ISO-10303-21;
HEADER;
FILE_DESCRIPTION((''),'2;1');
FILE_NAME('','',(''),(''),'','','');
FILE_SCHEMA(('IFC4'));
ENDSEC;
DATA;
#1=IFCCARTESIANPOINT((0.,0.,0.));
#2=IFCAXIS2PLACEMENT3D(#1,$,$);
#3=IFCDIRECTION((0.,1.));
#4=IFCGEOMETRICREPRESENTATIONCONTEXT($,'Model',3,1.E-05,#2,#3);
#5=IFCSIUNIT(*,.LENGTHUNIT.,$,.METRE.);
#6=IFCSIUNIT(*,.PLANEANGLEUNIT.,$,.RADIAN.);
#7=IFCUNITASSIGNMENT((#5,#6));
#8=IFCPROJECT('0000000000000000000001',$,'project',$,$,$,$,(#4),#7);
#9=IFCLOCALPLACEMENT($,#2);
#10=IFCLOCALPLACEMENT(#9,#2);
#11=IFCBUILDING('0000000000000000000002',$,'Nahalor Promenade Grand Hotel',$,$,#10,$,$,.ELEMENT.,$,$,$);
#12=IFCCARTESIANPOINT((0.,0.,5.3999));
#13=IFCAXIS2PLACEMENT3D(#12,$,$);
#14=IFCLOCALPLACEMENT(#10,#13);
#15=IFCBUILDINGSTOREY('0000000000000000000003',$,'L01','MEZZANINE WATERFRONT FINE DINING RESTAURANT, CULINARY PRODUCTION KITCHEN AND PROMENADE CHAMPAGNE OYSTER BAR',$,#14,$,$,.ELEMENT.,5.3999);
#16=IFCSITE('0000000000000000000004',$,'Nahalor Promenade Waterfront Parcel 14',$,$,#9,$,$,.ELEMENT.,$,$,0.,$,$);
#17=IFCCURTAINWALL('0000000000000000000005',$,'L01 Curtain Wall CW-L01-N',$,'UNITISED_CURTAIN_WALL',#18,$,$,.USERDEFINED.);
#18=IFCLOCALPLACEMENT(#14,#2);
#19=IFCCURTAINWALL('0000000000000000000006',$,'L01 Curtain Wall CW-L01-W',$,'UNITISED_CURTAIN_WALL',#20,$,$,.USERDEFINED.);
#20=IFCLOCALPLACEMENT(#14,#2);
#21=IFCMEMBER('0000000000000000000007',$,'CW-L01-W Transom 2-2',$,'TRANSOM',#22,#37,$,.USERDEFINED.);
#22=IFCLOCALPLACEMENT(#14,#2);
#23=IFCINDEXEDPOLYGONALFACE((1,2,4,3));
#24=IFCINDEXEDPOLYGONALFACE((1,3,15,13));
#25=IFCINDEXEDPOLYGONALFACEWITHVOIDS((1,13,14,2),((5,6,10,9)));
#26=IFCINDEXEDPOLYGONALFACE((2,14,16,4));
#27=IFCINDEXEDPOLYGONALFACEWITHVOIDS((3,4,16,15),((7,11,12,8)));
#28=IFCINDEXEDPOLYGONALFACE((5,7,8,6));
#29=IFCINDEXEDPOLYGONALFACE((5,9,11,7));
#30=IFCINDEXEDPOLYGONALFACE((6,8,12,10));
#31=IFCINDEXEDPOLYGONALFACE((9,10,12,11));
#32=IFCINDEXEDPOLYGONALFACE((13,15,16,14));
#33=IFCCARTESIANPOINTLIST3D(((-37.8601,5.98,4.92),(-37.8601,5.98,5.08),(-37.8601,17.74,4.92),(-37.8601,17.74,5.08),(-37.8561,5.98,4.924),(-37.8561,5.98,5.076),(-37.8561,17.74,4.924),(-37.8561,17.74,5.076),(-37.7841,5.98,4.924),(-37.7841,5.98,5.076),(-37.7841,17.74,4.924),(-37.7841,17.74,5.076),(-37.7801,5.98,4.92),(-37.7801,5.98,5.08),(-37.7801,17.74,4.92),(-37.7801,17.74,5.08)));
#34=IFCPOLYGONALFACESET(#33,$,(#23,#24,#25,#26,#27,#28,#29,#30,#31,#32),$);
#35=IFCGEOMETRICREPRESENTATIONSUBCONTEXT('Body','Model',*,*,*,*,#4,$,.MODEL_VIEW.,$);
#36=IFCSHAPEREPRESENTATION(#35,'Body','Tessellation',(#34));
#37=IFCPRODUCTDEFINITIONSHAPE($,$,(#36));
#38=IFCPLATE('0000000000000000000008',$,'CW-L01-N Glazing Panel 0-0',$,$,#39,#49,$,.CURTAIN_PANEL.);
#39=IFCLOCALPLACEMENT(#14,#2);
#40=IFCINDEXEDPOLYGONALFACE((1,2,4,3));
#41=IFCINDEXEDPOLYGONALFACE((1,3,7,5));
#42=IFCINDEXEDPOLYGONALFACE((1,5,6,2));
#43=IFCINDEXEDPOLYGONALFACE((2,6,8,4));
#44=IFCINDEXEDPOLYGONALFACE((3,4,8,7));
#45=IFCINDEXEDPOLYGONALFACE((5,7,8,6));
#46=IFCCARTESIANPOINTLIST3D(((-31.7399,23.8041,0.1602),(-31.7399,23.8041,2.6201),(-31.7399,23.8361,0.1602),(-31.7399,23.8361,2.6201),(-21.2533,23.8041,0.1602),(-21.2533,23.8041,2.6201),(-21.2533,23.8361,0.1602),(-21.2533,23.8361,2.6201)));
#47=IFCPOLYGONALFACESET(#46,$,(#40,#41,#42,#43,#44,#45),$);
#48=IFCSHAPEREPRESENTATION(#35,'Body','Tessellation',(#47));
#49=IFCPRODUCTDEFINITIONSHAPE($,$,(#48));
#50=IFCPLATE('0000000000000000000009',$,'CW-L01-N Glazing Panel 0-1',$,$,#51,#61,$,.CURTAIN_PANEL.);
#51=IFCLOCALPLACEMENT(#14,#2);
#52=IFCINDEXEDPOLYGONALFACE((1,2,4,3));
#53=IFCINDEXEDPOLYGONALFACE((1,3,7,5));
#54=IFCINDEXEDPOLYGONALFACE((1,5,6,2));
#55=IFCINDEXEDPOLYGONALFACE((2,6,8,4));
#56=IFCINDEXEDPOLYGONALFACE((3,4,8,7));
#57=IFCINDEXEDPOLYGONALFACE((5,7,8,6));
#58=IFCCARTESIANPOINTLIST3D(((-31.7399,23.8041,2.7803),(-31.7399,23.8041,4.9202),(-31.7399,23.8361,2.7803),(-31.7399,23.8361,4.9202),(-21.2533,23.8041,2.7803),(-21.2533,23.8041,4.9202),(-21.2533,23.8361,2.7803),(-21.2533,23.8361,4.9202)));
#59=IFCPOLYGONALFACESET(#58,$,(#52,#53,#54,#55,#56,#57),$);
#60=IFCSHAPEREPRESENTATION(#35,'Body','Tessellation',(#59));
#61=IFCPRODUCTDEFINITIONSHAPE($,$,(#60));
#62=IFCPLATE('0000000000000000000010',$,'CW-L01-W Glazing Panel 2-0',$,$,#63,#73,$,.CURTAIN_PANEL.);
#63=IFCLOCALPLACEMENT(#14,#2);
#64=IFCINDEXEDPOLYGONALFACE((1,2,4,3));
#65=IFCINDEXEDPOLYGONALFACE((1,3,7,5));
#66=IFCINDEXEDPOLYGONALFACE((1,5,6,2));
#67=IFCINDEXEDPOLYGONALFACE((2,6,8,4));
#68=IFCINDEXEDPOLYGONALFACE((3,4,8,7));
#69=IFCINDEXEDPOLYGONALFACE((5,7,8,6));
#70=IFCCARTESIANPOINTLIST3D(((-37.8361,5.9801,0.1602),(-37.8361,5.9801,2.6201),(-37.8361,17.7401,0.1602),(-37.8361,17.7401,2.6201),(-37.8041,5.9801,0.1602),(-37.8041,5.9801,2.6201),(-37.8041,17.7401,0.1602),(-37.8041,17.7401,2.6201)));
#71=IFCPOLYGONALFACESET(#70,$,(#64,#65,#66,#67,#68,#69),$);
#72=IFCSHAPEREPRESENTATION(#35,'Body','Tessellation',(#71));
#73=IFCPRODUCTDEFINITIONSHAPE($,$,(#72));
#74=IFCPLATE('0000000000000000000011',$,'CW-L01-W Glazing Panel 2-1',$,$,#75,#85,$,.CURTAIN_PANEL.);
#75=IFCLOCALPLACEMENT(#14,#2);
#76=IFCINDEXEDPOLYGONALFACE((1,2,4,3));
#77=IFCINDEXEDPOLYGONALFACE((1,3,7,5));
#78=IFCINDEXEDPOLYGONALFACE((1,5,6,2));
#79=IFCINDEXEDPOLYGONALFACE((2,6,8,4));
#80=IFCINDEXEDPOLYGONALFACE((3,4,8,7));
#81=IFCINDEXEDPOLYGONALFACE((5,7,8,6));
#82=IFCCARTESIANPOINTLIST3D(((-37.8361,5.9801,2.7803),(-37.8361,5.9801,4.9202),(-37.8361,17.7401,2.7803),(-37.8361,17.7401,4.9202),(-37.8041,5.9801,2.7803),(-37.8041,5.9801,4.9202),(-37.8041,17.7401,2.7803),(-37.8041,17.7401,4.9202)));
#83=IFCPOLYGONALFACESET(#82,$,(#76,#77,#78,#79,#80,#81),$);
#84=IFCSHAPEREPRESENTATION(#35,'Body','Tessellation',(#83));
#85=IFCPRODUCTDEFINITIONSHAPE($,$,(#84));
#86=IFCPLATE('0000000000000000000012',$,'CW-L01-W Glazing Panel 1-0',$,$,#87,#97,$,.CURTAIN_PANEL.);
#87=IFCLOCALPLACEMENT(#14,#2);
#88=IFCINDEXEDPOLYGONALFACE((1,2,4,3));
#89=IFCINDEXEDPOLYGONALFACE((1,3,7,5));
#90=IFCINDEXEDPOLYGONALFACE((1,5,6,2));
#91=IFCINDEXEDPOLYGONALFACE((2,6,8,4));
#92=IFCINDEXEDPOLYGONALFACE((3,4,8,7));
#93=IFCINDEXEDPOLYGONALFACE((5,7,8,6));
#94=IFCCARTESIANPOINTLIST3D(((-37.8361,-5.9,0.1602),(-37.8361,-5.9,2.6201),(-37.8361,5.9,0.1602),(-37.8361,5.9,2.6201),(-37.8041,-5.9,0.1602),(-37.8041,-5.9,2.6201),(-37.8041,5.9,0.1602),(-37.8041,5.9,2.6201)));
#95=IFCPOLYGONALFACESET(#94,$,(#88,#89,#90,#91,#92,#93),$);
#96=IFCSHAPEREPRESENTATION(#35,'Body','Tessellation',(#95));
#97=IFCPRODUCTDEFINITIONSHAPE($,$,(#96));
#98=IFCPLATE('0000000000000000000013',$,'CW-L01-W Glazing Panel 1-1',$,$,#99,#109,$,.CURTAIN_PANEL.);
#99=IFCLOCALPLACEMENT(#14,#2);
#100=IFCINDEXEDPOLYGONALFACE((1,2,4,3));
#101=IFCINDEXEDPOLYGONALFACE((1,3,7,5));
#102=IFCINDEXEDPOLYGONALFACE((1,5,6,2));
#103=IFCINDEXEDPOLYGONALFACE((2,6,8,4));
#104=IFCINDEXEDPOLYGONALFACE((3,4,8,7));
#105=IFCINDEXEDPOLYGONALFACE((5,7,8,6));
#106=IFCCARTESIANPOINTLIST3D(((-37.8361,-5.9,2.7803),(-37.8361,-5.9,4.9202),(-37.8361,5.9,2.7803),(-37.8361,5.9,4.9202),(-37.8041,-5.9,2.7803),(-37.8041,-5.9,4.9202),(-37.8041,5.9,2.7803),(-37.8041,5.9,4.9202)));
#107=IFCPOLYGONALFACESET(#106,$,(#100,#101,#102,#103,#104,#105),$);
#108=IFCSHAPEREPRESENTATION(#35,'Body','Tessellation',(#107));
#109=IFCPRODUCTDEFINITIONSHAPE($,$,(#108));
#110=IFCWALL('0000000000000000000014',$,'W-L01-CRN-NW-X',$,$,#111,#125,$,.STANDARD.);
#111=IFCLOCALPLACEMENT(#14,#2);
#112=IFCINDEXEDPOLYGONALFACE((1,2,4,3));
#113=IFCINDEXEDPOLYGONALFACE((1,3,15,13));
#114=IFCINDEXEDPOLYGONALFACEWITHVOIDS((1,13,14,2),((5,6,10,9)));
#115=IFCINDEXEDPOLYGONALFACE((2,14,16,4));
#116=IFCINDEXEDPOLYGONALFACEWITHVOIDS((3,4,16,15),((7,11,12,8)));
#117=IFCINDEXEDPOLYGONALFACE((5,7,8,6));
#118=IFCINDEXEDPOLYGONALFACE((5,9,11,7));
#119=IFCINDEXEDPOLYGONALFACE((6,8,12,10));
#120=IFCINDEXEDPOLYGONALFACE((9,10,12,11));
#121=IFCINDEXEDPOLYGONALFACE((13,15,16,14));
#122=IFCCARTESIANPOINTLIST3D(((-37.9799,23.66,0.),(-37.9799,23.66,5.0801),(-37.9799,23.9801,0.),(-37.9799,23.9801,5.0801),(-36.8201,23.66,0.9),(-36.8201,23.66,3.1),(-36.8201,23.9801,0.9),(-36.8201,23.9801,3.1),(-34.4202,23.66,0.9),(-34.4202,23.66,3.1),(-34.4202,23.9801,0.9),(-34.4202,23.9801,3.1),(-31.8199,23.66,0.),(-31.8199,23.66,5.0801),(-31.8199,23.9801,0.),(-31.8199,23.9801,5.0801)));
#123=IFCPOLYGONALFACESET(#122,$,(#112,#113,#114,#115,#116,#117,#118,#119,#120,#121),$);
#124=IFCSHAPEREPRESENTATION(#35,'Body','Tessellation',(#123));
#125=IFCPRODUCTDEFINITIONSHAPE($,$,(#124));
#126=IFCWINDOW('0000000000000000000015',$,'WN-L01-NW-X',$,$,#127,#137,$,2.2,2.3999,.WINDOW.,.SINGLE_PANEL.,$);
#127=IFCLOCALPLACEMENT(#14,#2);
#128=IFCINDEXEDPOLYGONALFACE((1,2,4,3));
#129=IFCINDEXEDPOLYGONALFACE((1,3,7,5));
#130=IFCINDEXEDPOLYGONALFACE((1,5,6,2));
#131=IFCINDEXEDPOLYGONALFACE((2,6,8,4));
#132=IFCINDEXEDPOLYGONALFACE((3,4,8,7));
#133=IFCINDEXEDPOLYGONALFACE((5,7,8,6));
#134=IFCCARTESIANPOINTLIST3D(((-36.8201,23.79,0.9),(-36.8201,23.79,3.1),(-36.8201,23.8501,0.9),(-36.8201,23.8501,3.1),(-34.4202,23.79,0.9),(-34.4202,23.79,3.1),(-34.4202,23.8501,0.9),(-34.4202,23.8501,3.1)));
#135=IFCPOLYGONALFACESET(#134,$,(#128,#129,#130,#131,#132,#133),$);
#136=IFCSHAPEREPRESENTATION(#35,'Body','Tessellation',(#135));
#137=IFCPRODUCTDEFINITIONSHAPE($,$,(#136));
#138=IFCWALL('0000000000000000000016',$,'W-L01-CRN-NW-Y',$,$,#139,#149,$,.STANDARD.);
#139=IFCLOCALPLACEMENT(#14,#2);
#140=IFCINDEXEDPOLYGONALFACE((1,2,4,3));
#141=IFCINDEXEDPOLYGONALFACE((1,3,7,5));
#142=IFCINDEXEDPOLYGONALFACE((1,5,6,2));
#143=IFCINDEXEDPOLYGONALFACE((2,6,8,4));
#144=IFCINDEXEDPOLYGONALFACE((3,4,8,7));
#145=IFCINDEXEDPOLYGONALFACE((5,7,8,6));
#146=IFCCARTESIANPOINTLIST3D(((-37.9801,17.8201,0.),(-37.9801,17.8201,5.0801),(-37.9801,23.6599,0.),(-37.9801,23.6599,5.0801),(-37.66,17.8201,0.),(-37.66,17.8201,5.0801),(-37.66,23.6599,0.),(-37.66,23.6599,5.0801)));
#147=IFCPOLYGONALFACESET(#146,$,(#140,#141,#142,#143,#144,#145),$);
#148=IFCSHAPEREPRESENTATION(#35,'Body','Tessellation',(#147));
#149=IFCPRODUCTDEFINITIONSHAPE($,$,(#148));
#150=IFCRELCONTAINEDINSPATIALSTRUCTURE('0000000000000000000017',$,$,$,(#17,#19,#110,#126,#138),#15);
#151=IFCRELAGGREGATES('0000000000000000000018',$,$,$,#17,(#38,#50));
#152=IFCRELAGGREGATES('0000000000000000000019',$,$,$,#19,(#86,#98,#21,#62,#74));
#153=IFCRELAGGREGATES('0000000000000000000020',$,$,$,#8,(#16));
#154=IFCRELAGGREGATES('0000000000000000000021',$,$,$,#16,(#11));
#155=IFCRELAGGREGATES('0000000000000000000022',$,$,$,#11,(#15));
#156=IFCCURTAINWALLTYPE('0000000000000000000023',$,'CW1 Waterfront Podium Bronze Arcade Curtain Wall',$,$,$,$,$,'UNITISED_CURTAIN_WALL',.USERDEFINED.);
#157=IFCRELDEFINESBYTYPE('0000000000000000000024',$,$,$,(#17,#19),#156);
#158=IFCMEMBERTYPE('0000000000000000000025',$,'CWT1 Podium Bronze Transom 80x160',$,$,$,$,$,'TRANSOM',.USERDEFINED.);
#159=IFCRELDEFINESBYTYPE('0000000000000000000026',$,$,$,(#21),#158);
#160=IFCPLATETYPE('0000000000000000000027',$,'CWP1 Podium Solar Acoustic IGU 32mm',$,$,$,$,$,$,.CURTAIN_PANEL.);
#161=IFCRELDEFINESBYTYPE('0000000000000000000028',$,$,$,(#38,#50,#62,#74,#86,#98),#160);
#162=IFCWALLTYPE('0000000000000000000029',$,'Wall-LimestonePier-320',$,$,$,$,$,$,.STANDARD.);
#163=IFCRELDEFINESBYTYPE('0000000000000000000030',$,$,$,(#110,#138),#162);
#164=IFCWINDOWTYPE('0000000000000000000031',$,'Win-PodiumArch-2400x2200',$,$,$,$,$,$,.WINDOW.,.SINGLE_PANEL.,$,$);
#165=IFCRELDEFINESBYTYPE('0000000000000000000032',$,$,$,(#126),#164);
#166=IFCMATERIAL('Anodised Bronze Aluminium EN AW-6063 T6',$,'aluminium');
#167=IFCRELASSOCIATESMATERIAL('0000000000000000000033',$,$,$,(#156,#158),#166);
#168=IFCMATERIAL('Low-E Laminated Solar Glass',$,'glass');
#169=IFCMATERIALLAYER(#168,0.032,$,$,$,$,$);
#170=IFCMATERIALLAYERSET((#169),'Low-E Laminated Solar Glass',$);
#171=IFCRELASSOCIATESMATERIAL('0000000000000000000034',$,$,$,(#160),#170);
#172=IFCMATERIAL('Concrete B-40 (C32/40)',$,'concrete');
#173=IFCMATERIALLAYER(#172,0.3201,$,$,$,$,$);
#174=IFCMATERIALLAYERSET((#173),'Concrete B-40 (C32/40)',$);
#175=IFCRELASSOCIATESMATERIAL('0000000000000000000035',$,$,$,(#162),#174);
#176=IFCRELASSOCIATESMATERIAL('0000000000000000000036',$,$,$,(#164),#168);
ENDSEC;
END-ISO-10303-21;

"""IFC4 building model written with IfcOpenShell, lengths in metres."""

from ifc_helpers import new_model, si_unit, direction, frame, frame_2d, origin, origin_2d, place, context, subcontext, project, spatial, rectangle, hollow_rectangle, extrude, source, transform, mapped, material, layer, layer_set, material_profile, profile_set, type_object, element, fill, aggregate, save


model = new_model("IFC4")

# Units and contexts
model_context = context("Model", 3, precision=1e-05, world=origin(), true_north=direction((0.0, 1.0)))
body_context = subcontext(model_context, "Body", "Model", "MODEL_VIEW")
ifc_project = project(units=[si_unit("LENGTHUNIT", "METRE"), si_unit("PLANEANGLEUNIT", "RADIAN")], contexts=[model_context])

# Site, building, storey
site_placement = place(None, origin())
site = spatial("IfcSite", under=ifc_project, at=site_placement, Name="Nahalor Promenade Waterfront Parcel 14", CompositionType="ELEMENT", RefElevation=0.0)
building_placement = place(site_placement, origin())
building = spatial("IfcBuilding", under=site, at=building_placement, Name="Nahalor Promenade Grand Hotel", CompositionType="ELEMENT")
storey_placement = place(building_placement, frame((0.0, 0.0, 5.3999)))
storey = spatial("IfcBuildingStorey", under=building, at=storey_placement, Name="L01", Description="MEZZANINE WATERFRONT FINE DINING RESTAURANT, CULINARY PRODUCTION KITCHEN AND PROMENADE CHAMPAGNE OYSTER BAR", CompositionType="ELEMENT", Elevation=5.3999)

# Curtain wall
ifc_material_1 = material(Name="Anodised Bronze Aluminium EN AW-6063 T6", Category="aluminium")
curtain_wall_type = type_object("IfcCurtainWallType", Name="CW1 Waterfront Podium Bronze Arcade Curtain Wall", ElementType="UNITISED_CURTAIN_WALL", PredefinedType="USERDEFINED", material=ifc_material_1)
curtain_wall_1_placement = place(storey_placement, origin())
curtain_wall_1 = element("IfcCurtainWall", 1, at=curtain_wall_1_placement, inside=storey, type_object=curtain_wall_type, Name="L01 Curtain Wall CW-L01-N", ObjectType="UNITISED_CURTAIN_WALL", PredefinedType="USERDEFINED")

# Curtain wall
curtain_wall_2_placement = place(storey_placement, origin())
curtain_wall_2 = element("IfcCurtainWall", 2, at=curtain_wall_2_placement, inside=storey, type_object=curtain_wall_type, Name="L01 Curtain Wall CW-L01-W", ObjectType="UNITISED_CURTAIN_WALL", PredefinedType="USERDEFINED")

# Member
ifc_material_profile_1 = material_profile(ifc_material_1, hollow_rectangle(XDim=0.08, YDim=0.16, WallThickness=0.004, at=origin_2d()), Name="CWT 80x160x4")
ifc_profile_set_1 = profile_set([ifc_material_profile_1], Name="Anodised Bronze Aluminium EN AW-6063 T6")
member_type_1 = type_object("IfcMemberType", Name="CWT1 Podium Bronze Transom 80x160", ElementType="TRANSOM", PredefinedType="USERDEFINED", material=ifc_profile_set_1)
shared_shape_1 = source(origin(), body_context, "Body", "SweptSolid", [
    extrude(hollow_rectangle(XDim=0.08, YDim=0.16, WallThickness=0.004, at=origin_2d()), origin(), (0.0, 0.0, 1.0), 11.76),
])
member_1_placement = place(storey_placement, frame((-37.8201, 5.98, 5.0), z_axis=(0.0, 1.0, 0.0), x_axis=(-1.0, 0.0, 0.0)))
member_1 = element("IfcMember", 3, at=member_1_placement, type_object=member_type_1, Name="CW-L01-W Transom 2-2", ObjectType="TRANSOM", PredefinedType="USERDEFINED", context=body_context, shape_type="MappedRepresentation", body=[
    mapped(shared_shape_1, transform((0.0, 0.0, 0.0), scale=1.0)),
])

# Plates
ifc_material_2 = material(Name="Low-E Laminated Solar Glass", Category="glass")
ifc_layer_1 = layer(ifc_material_2, 0.032)
ifc_layer_set_1 = layer_set([ifc_layer_1], Name="Low-E Laminated Solar Glass")
plate_type = type_object("IfcPlateType", Name="CWP1 Podium Solar Acoustic IGU 32mm", PredefinedType="CURTAIN_PANEL", material=ifc_layer_set_1)
shared_shape_2 = source(origin(), body_context, "Body", "SweptSolid", [
    extrude(rectangle(XDim=10.4866, YDim=0.032, at=origin_2d()), origin(), (0.0, 0.0, 1.0), 2.46),
])
plate_1_placement = place(storey_placement, frame((-26.4966, 23.8201, 0.1602), z_axis=(0.0, 0.0, 1.0), x_axis=(1.0, 0.0, 0.0)))
plate_1 = element("IfcPlate", 4, at=plate_1_placement, type_object=plate_type, Name="CW-L01-N Glazing Panel 0-0", PredefinedType="CURTAIN_PANEL", context=body_context, shape_type="MappedRepresentation", body=[
    mapped(shared_shape_2, transform((0.0, 0.0, 0.0), scale=1.0)),
])
shared_shape_3 = source(origin(), body_context, "Body", "SweptSolid", [
    extrude(rectangle(XDim=10.4866, YDim=0.032, at=origin_2d()), origin(), (0.0, 0.0, 1.0), 2.1399),
])
plate_2_placement = place(storey_placement, frame((-26.4966, 23.8201, 2.7803), z_axis=(0.0, 0.0, 1.0), x_axis=(1.0, 0.0, 0.0)))
plate_2 = element("IfcPlate", 5, at=plate_2_placement, type_object=plate_type, Name="CW-L01-N Glazing Panel 0-1", PredefinedType="CURTAIN_PANEL", context=body_context, shape_type="MappedRepresentation", body=[
    mapped(shared_shape_3, transform((0.0, 0.0, 0.0), scale=1.0)),
])
aggregate(curtain_wall_1, [plate_1, plate_2])
shared_shape_4 = source(origin(), body_context, "Body", "SweptSolid", [
    extrude(rectangle(XDim=11.76, YDim=0.032, at=origin_2d()), origin(), (0.0, 0.0, 1.0), 2.46),
])
plate_3_placement = place(storey_placement, frame((-37.8201, 11.8601, 0.1602), z_axis=(0.0, 0.0, 1.0), x_axis=(0.0, 1.0, 0.0)))
plate_3 = element("IfcPlate", 6, at=plate_3_placement, type_object=plate_type, Name="CW-L01-W Glazing Panel 2-0", PredefinedType="CURTAIN_PANEL", context=body_context, shape_type="MappedRepresentation", body=[
    mapped(shared_shape_4, transform((0.0, 0.0, 0.0), scale=1.0)),
])
shared_shape_5 = source(origin(), body_context, "Body", "SweptSolid", [
    extrude(rectangle(XDim=11.76, YDim=0.032, at=origin_2d()), origin(), (0.0, 0.0, 1.0), 2.1399),
])
plate_4_placement = place(storey_placement, frame((-37.8201, 11.8601, 2.7803), z_axis=(0.0, 0.0, 1.0), x_axis=(0.0, 1.0, 0.0)))
plate_4 = element("IfcPlate", 7, at=plate_4_placement, type_object=plate_type, Name="CW-L01-W Glazing Panel 2-1", PredefinedType="CURTAIN_PANEL", context=body_context, shape_type="MappedRepresentation", body=[
    mapped(shared_shape_5, transform((0.0, 0.0, 0.0), scale=1.0)),
])
shared_shape_6 = source(origin(), body_context, "Body", "SweptSolid", [
    extrude(rectangle(XDim=11.8, YDim=0.032, at=origin_2d()), origin(), (0.0, 0.0, 1.0), 2.46),
])
plate_5_placement = place(storey_placement, frame((-37.8201, 0.0, 0.1602), z_axis=(0.0, 0.0, 1.0), x_axis=(0.0, 1.0, 0.0)))
plate_5 = element("IfcPlate", 8, at=plate_5_placement, type_object=plate_type, Name="CW-L01-W Glazing Panel 1-0", PredefinedType="CURTAIN_PANEL", context=body_context, shape_type="MappedRepresentation", body=[
    mapped(shared_shape_6, transform((0.0, 0.0, 0.0), scale=1.0)),
])
shared_shape_7 = source(origin(), body_context, "Body", "SweptSolid", [
    extrude(rectangle(XDim=11.8, YDim=0.032, at=origin_2d()), origin(), (0.0, 0.0, 1.0), 2.1399),
])
plate_6_placement = place(storey_placement, frame((-37.8201, 0.0, 2.7803), z_axis=(0.0, 0.0, 1.0), x_axis=(0.0, 1.0, 0.0)))
plate_6 = element("IfcPlate", 9, at=plate_6_placement, type_object=plate_type, Name="CW-L01-W Glazing Panel 1-1", PredefinedType="CURTAIN_PANEL", context=body_context, shape_type="MappedRepresentation", body=[
    mapped(shared_shape_7, transform((0.0, 0.0, 0.0), scale=1.0)),
])
aggregate(curtain_wall_2, [plate_5, plate_6, member_1, plate_3, plate_4])

# Wall, opening, window
ifc_material_3 = material(Name="Concrete B-40 (C32/40)", Category="concrete")
ifc_layer_2 = layer(ifc_material_3, 0.3201)
ifc_layer_set_2 = layer_set([ifc_layer_2], Name="Concrete B-40 (C32/40)")
wall_type_1 = type_object("IfcWallType", Name="Wall-LimestonePier-320", PredefinedType="STANDARD", material=ifc_layer_set_2)
shared_shape_8 = source(origin(), body_context, "Body", "SweptSolid", [
    extrude(rectangle(XDim=6.1599, YDim=0.3201, at=frame_2d((3.0801, 0.0))), origin(), (0.0, 0.0, 1.0), 5.0801),
])
wall_1_placement = place(storey_placement, frame((-37.98, 23.8201, 0.0), z_axis=(0.0, 0.0, 1.0), x_axis=(1.0, 0.0, 0.0)))
wall_1 = element("IfcWall", 10, at=wall_1_placement, inside=storey, type_object=wall_type_1, Name="W-L01-CRN-NW-X", PredefinedType="STANDARD", context=body_context, shape_type="MappedRepresentation", body=[
    mapped(shared_shape_8, transform((0.0, 0.0, 0.0), scale=1.0)),
])
opening_1_placement = place(wall_1_placement, frame((1.1599, 0.0, 0.8999)))
opening_1 = element("IfcOpeningElement", 11, at=opening_1_placement, cuts=wall_1, PredefinedType="OPENING", context=body_context, shape_type="SweptSolid", body=[
    extrude(rectangle(XDim=2.3999, YDim=2.2, at=frame_2d((1.2, 1.1001))), frame((0.0, 0.1699, 0.0), z_axis=(0.0, -1.0, 0.0), x_axis=(1.0, 0.0, 0.0)), (0.0, 0.0, 1.0), 0.3401),
])
window_type = type_object("IfcWindowType", Name="Win-PodiumArch-2400x2200", PartitioningType="SINGLE_PANEL", PredefinedType="WINDOW", material=ifc_material_2)
shared_shape_9 = source(origin(), body_context, "Body", "SweptSolid", [
    extrude(rectangle(XDim=2.3999, YDim=2.2, at=frame_2d((1.2, 1.1001))), frame((0.0, 0.03, 0.0), z_axis=(0.0, -1.0, 0.0), x_axis=(1.0, 0.0, 0.0)), (0.0, 0.0, 1.0), 0.0601),
])
window_placement = place(opening_1_placement, origin())
window = element("IfcWindow", 12, at=window_placement, inside=storey, type_object=window_type, Name="WN-L01-NW-X", OverallHeight=2.2, OverallWidth=2.3999, PartitioningType="SINGLE_PANEL", PredefinedType="WINDOW", context=body_context, shape_type="MappedRepresentation", body=[
    mapped(shared_shape_9, transform((0.0, 0.0, 0.0), scale=1.0)),
])
fill(opening_1, window)

# Wall
shared_shape_10 = source(origin(), body_context, "Body", "SweptSolid", [
    extrude(rectangle(XDim=5.8398, YDim=0.3201, at=frame_2d((2.9199, 0.0))), origin(), (0.0, 0.0, 1.0), 5.0801),
])
wall_2_placement = place(storey_placement, frame((-37.8201, 17.8201, 0.0), z_axis=(0.0, 0.0, 1.0), x_axis=(0.0, 1.0, 0.0)))
element("IfcWall", 13, at=wall_2_placement, inside=storey, type_object=wall_type_1, Name="W-L01-CRN-NW-Y", PredefinedType="STANDARD", context=body_context, shape_type="MappedRepresentation", body=[
    mapped(shared_shape_10, transform((0.0, 0.0, 0.0), scale=1.0)),
])

save(model, "model.ifc")
